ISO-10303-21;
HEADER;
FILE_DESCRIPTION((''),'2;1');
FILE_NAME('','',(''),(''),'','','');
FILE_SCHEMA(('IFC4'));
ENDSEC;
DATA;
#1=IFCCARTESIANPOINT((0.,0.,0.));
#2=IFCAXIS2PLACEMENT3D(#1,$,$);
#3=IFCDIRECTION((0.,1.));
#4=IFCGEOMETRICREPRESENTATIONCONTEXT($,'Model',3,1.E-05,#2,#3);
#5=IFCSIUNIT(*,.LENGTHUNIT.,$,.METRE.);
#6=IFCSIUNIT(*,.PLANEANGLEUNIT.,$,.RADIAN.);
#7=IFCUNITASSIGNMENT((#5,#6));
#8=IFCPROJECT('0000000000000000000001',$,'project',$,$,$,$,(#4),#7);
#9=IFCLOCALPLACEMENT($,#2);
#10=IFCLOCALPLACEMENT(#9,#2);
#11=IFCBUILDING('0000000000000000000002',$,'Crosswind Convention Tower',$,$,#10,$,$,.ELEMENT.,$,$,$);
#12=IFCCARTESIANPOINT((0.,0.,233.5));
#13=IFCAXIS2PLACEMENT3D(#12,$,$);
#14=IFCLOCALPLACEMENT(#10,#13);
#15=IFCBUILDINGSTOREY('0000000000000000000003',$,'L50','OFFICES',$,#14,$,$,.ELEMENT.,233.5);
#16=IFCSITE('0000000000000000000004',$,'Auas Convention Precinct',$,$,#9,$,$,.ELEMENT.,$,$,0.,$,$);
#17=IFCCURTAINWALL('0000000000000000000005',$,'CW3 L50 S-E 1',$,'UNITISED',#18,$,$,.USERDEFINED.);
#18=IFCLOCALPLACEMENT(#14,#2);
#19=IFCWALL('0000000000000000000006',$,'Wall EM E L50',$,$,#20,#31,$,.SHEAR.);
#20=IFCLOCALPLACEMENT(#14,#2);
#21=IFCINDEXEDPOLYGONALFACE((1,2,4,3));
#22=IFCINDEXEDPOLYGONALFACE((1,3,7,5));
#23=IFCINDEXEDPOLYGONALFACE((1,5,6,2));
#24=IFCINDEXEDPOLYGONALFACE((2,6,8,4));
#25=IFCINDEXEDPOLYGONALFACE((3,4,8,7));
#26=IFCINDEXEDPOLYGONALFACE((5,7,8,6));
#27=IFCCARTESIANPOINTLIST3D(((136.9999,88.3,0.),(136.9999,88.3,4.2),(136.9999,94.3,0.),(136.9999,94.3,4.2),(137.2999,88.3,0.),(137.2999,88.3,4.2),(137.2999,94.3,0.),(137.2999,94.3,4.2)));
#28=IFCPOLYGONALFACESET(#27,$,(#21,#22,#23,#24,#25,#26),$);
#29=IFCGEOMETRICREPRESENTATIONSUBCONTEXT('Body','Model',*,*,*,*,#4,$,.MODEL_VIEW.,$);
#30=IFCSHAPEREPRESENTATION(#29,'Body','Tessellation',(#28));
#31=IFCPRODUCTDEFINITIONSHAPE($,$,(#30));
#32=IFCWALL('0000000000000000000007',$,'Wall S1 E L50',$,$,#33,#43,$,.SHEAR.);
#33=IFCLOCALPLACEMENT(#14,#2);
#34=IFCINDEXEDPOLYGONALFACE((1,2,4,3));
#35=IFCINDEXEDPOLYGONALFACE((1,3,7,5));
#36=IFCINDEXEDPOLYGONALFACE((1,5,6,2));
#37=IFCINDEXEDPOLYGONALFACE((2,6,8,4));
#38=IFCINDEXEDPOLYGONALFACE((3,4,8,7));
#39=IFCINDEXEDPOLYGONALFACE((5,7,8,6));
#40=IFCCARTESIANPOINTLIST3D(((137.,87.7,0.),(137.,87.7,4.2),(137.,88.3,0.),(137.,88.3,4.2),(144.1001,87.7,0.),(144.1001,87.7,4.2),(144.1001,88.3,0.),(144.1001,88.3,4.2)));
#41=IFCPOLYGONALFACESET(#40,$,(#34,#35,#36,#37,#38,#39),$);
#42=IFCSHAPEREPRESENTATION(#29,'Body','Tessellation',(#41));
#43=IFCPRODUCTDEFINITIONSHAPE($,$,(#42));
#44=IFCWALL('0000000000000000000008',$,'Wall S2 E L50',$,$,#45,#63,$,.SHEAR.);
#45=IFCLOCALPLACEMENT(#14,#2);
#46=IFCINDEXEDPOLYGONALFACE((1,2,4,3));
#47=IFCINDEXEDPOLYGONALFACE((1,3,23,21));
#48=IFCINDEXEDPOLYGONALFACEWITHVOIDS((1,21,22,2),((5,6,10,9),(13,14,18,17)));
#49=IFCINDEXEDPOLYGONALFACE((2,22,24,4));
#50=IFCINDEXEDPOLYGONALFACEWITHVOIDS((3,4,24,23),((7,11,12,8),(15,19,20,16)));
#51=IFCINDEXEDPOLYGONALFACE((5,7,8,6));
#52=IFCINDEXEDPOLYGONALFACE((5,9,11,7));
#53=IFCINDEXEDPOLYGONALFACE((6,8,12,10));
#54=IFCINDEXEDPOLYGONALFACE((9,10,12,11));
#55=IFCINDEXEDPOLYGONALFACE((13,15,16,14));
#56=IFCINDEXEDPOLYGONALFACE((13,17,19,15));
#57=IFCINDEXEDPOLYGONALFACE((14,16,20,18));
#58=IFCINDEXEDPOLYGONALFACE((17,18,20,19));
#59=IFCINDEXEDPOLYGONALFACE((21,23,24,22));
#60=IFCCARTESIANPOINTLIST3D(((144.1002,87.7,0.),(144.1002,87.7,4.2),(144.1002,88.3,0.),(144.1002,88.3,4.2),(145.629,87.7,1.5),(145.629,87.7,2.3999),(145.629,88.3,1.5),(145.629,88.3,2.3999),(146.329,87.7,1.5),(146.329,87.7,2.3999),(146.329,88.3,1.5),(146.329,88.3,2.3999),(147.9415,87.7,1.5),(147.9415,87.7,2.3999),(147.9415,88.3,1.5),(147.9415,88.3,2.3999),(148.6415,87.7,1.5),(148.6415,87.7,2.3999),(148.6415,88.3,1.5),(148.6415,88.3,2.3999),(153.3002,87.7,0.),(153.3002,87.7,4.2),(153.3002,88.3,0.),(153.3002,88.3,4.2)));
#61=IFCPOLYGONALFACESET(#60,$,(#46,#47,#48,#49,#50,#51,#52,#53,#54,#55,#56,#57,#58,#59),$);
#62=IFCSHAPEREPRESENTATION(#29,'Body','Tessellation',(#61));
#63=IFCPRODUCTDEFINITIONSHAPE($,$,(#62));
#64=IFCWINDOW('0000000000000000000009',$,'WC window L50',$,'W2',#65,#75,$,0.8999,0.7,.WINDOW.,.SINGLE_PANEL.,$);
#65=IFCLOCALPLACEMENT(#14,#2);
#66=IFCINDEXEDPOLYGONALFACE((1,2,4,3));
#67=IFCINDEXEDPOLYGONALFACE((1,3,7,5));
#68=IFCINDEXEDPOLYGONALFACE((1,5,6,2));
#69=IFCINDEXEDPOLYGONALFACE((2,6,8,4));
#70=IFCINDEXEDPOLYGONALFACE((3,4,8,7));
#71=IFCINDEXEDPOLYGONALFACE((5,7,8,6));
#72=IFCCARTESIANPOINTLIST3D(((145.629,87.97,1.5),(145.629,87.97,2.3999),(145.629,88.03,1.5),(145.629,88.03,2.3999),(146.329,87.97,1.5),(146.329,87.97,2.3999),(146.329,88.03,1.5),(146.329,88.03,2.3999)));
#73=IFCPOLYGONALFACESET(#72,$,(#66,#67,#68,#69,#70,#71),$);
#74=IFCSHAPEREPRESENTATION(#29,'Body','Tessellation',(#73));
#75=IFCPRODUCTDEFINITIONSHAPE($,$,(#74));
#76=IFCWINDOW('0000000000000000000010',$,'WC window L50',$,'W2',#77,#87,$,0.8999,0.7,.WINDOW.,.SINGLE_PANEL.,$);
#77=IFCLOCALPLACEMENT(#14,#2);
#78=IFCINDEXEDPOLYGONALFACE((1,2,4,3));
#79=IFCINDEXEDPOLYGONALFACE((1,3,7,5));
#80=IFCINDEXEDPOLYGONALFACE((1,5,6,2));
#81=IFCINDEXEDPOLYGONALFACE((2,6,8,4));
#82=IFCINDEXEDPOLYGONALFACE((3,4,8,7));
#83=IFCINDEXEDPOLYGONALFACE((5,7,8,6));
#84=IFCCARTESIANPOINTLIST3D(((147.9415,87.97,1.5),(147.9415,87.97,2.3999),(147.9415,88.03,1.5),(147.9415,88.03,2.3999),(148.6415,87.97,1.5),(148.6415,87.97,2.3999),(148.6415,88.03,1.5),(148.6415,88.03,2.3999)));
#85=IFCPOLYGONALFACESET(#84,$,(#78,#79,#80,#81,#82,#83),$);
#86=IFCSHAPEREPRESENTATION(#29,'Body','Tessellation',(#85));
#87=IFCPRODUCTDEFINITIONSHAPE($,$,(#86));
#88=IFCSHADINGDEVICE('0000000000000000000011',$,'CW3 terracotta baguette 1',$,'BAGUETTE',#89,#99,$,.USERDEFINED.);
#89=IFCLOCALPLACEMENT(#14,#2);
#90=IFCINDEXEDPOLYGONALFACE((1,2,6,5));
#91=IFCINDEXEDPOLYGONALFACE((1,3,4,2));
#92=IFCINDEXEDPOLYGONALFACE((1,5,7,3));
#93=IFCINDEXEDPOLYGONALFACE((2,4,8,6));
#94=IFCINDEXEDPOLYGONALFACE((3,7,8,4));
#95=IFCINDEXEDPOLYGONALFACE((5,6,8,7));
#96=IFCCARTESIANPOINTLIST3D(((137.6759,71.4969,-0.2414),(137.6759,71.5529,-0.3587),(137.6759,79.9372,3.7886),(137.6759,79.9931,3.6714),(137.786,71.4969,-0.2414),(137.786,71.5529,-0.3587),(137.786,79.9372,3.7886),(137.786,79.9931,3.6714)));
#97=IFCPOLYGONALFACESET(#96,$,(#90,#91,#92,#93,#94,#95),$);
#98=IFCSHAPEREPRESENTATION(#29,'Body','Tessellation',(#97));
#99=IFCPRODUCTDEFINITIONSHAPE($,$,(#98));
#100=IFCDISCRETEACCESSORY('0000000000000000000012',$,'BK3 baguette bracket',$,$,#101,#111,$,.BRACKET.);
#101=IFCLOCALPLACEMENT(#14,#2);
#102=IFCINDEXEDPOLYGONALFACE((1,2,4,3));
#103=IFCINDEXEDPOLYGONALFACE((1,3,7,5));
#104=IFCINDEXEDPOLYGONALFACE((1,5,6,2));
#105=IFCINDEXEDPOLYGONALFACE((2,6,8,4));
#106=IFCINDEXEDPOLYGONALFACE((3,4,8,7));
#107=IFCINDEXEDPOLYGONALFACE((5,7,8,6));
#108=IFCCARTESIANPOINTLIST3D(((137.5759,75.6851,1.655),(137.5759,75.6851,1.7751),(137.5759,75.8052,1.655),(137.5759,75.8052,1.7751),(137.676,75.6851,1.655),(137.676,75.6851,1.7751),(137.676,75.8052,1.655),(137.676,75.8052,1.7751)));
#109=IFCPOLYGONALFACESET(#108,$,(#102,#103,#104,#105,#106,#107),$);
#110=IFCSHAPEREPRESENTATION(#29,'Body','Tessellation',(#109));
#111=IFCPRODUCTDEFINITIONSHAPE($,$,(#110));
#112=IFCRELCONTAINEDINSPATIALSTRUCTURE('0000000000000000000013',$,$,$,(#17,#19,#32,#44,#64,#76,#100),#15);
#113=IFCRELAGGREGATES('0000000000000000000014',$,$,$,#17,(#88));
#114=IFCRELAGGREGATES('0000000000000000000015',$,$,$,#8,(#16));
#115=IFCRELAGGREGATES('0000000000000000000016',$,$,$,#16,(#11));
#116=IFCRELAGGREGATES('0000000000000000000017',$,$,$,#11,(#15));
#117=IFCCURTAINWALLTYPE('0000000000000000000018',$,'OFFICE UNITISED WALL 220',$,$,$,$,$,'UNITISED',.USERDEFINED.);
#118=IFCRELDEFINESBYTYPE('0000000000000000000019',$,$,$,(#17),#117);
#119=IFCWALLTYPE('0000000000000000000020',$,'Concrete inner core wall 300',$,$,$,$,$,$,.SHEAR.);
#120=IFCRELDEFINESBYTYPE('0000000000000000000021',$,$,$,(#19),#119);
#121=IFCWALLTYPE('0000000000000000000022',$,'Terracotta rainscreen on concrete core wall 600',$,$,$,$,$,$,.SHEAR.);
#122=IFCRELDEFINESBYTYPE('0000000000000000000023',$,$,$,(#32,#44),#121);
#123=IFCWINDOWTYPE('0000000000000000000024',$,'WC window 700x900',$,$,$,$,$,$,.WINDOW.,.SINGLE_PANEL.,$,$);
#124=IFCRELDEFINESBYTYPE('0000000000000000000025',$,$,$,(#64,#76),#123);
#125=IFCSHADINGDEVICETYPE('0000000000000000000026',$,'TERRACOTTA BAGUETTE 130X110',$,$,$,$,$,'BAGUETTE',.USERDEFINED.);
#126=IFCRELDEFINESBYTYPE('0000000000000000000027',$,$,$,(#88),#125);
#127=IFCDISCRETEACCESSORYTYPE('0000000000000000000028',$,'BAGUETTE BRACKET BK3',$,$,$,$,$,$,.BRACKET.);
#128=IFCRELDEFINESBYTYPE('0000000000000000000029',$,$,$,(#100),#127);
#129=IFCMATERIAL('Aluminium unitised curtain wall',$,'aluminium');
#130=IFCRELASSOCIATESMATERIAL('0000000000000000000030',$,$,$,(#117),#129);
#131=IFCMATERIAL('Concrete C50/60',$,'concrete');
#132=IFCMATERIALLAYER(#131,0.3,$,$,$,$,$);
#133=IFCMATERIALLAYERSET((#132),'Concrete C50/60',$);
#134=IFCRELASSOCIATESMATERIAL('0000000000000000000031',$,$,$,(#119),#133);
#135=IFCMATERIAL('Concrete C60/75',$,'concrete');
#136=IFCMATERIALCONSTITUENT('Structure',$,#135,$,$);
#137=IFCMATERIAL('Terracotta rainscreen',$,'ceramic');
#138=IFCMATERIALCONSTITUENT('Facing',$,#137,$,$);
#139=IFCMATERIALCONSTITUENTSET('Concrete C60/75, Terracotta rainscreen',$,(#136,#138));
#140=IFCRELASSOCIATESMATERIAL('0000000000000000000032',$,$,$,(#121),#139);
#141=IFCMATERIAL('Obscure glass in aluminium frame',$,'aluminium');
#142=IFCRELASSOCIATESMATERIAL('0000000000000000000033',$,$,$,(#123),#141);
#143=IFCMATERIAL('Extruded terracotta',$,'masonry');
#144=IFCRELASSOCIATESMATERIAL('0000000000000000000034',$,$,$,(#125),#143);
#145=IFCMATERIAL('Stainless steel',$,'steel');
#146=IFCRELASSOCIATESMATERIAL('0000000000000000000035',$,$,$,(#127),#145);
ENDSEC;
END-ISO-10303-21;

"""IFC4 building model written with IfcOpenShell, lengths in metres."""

from ifc_helpers import new_model, si_unit, direction, frame, frame_2d, origin, origin_2d, place, context, subcontext, project, spatial, rectangle, extrude, material, layer, layer_set, constituent, constituent_set, material_profile, profile_set, type_object, element, fill, aggregate, save


model = new_model("IFC4")

# Units and contexts
model_context = context("Model", 3, precision=1e-05, world=origin(), true_north=direction((0.0, 1.0)))
body_context = subcontext(model_context, "Body", "Model", "MODEL_VIEW")
ifc_project = project(units=[si_unit("LENGTHUNIT", "METRE"), si_unit("PLANEANGLEUNIT", "RADIAN")], contexts=[model_context])

# Site, building, storey
site_placement = place(None, origin())
site = spatial("IfcSite", under=ifc_project, at=site_placement, Name="Auas Convention Precinct", CompositionType="ELEMENT", RefElevation=0.0)
building_placement = place(site_placement, origin())
building = spatial("IfcBuilding", under=site, at=building_placement, Name="Crosswind Convention Tower", CompositionType="ELEMENT")
storey_placement = place(building_placement, frame((0.0, 0.0, 233.5)))
storey = spatial("IfcBuildingStorey", under=building, at=storey_placement, Name="L50", Description="OFFICES", CompositionType="ELEMENT", Elevation=233.5)

# Shared definitions
ifc_material_1 = material(Name="Aluminium unitised curtain wall", Category="aluminium")

# Curtain wall
curtain_wall_type_1 = type_object("IfcCurtainWallType", Name="OFFICE UNITISED WALL 220", ElementType="UNITISED", PredefinedType="USERDEFINED", material=ifc_material_1)
curtain_wall_1_placement = place(storey_placement, origin())
curtain_wall_1 = element("IfcCurtainWall", 1, at=curtain_wall_1_placement, inside=storey, type_object=curtain_wall_type_1, Name="CW3 L50 S-E 1", ObjectType="UNITISED", PredefinedType="USERDEFINED")

# Walls
ifc_material_2 = material(Name="Concrete C50/60", Category="concrete")
ifc_layer_1 = layer(ifc_material_2, 0.3)
ifc_layer_set_1 = layer_set([ifc_layer_1], Name="Concrete C50/60")
wall_type_1 = type_object("IfcWallType", Name="Concrete inner core wall 300", PredefinedType="SHEAR", material=ifc_layer_set_1)
wall_1_placement = place(storey_placement, frame((137.1499, 88.3, 0.0), z_axis=(0.0, 0.0, 1.0), x_axis=(0.0, 1.0, 0.0)))
element("IfcWall", 2, at=wall_1_placement, inside=storey, type_object=wall_type_1, Name="Wall EM E L50", PredefinedType="SHEAR", context=body_context, shape_type="SweptSolid", body=[
    extrude(rectangle(XDim=6.0, YDim=0.3, at=frame_2d((3.0, 0.0))), origin(), (0.0, 0.0, 1.0), 4.2),
])
ifc_material_3 = material(Name="Concrete C60/75", Category="concrete")
ifc_constituent_1 = constituent(ifc_material_3, Name="Structure")
ifc_material_4 = material(Name="Terracotta rainscreen", Category="ceramic")
ifc_constituent_2 = constituent(ifc_material_4, Name="Facing")
ifc_constituent_set = constituent_set(constituents=[ifc_constituent_1, ifc_constituent_2], Name="Concrete C60/75, Terracotta rainscreen")
wall_type_2 = type_object("IfcWallType", Name="Terracotta rainscreen on concrete core wall 600", PredefinedType="SHEAR", material=ifc_constituent_set)
wall_2_placement = place(storey_placement, frame((137.0, 88.0, 0.0), z_axis=(0.0, 0.0, 1.0), x_axis=(1.0, 0.0, 0.0)))
element("IfcWall", 3, at=wall_2_placement, inside=storey, type_object=wall_type_2, Name="Wall S1 E L50", PredefinedType="SHEAR", context=body_context, shape_type="SweptSolid", body=[
    extrude(rectangle(XDim=7.1001, YDim=0.6001, at=frame_2d((3.55, 0.0))), origin(), (0.0, 0.0, 1.0), 4.2),
])

# Wall, openings, windows
wall_3_placement = place(storey_placement, frame((144.1001, 88.0, 0.0), z_axis=(0.0, 0.0, 1.0), x_axis=(1.0, 0.0, 0.0)))
wall_3 = element("IfcWall", 4, at=wall_3_placement, inside=storey, type_object=wall_type_2, Name="Wall S2 E L50", PredefinedType="SHEAR", context=body_context, shape_type="SweptSolid", body=[
    extrude(rectangle(XDim=9.2, YDim=0.6001, at=frame_2d((4.6001, 0.0))), origin(), (0.0, 0.0, 1.0), 4.2),
])
opening_1_placement = place(wall_3_placement, frame((1.5288, 0.0, 1.5)))
opening_1 = element("IfcOpeningElement", 5, at=opening_1_placement, cuts=wall_3, PredefinedType="OPENING", context=body_context, shape_type="SweptSolid", body=[
    extrude(rectangle(XDim=0.7, YDim=0.8999, at=frame_2d((0.3501, 0.45))), frame((0.0, 0.3101, 0.0), z_axis=(0.0, -1.0, 0.0), x_axis=(1.0, 0.0, 0.0)), (0.0, 0.0, 1.0), 0.6201),
])
opening_2_placement = place(wall_3_placement, frame((3.8413, 0.0, 1.5)))
opening_2 = element("IfcOpeningElement", 6, at=opening_2_placement, cuts=wall_3, PredefinedType="OPENING", context=body_context, shape_type="SweptSolid", body=[
    extrude(rectangle(XDim=0.7, YDim=0.8999, at=frame_2d((0.3501, 0.45))), frame((0.0, 0.3101, 0.0), z_axis=(0.0, -1.0, 0.0), x_axis=(1.0, 0.0, 0.0)), (0.0, 0.0, 1.0), 0.6201),
])
ifc_material_5 = material(Name="Obscure glass in aluminium frame", Category="aluminium")
window_type = type_object("IfcWindowType", Name="WC window 700x900", PartitioningType="SINGLE_PANEL", PredefinedType="WINDOW", material=ifc_material_5)
window_1_placement = place(opening_1_placement, origin())
window_1 = element("IfcWindow", 7, at=window_1_placement, inside=storey, type_object=window_type, Name="WC window L50", ObjectType="W2", OverallHeight=0.8999, OverallWidth=0.7, PartitioningType="SINGLE_PANEL", PredefinedType="WINDOW", context=body_context, shape_type="SweptSolid", body=[
    extrude(rectangle(XDim=0.7, YDim=0.8999, at=frame_2d((0.3501, 0.45))), frame((0.0, 0.03, 0.0), z_axis=(0.0, -1.0, 0.0), x_axis=(1.0, 0.0, 0.0)), (0.0, 0.0, 1.0), 0.0601),
])
fill(opening_1, window_1)
window_2_placement = place(opening_2_placement, origin())
window_2 = element("IfcWindow", 8, at=window_2_placement, inside=storey, type_object=window_type, Name="WC window L50", ObjectType="W2", OverallHeight=0.8999, OverallWidth=0.7, PartitioningType="SINGLE_PANEL", PredefinedType="WINDOW", context=body_context, shape_type="SweptSolid", body=[
    extrude(rectangle(XDim=0.7, YDim=0.8999, at=frame_2d((0.3501, 0.45))), frame((0.0, 0.03, 0.0), z_axis=(0.0, -1.0, 0.0), x_axis=(1.0, 0.0, 0.0)), (0.0, 0.0, 1.0), 0.0601),
])
fill(opening_2, window_2)

# Shading device
ifc_material_6 = material(Name="Extruded terracotta", Category="masonry")
ifc_material_profile_1 = material_profile(ifc_material_6, rectangle(XDim=0.1101, YDim=0.1299, at=origin_2d()), Name="TC 110X130")
ifc_profile_set_1 = profile_set([ifc_material_profile_1], Name="Extruded terracotta")
shading_device_type = type_object("IfcShadingDeviceType", Name="TERRACOTTA BAGUETTE 130X110", ElementType="BAGUETTE", PredefinedType="USERDEFINED", material=ifc_profile_set_1)
shading_device_placement = place(storey_placement, frame((137.731, 71.5249, -0.3), z_axis=(0.0, 0.902408, 0.430883), x_axis=(-1.0, 0.0, 0.0)))
shading_device = element("IfcShadingDevice", 9, at=shading_device_placement, type_object=shading_device_type, Name="CW3 terracotta baguette 1", ObjectType="BAGUETTE", PredefinedType="USERDEFINED", context=body_context, shape_type="SweptSolid", body=[
    extrude(rectangle(XDim=0.1101, YDim=0.1299, at=origin_2d()), origin(), (0.0, 0.0, 1.0), 9.353),
])
aggregate(curtain_wall_1, [shading_device])

# Discrete accessory
ifc_material_7 = material(Name="Stainless steel", Category="steel")
discrete_accessory_type = type_object("IfcDiscreteAccessoryType", Name="BAGUETTE BRACKET BK3", PredefinedType="BRACKET", material=ifc_material_7)
discrete_accessory_placement = place(storey_placement, frame((137.626, 75.7451, 1.655), z_axis=(0.0, 0.0, 1.0), x_axis=(0.0, 1.0, 0.0)))
element("IfcDiscreteAccessory", 10, at=discrete_accessory_placement, inside=storey, type_object=discrete_accessory_type, Name="BK3 baguette bracket", PredefinedType="BRACKET", context=body_context, shape_type="SweptSolid", body=[
    extrude(rectangle(XDim=0.1201, YDim=0.1001, at=origin_2d()), origin(), (0.0, 0.0, 1.0), 0.1201),
])

save(model, "model.ifc")
